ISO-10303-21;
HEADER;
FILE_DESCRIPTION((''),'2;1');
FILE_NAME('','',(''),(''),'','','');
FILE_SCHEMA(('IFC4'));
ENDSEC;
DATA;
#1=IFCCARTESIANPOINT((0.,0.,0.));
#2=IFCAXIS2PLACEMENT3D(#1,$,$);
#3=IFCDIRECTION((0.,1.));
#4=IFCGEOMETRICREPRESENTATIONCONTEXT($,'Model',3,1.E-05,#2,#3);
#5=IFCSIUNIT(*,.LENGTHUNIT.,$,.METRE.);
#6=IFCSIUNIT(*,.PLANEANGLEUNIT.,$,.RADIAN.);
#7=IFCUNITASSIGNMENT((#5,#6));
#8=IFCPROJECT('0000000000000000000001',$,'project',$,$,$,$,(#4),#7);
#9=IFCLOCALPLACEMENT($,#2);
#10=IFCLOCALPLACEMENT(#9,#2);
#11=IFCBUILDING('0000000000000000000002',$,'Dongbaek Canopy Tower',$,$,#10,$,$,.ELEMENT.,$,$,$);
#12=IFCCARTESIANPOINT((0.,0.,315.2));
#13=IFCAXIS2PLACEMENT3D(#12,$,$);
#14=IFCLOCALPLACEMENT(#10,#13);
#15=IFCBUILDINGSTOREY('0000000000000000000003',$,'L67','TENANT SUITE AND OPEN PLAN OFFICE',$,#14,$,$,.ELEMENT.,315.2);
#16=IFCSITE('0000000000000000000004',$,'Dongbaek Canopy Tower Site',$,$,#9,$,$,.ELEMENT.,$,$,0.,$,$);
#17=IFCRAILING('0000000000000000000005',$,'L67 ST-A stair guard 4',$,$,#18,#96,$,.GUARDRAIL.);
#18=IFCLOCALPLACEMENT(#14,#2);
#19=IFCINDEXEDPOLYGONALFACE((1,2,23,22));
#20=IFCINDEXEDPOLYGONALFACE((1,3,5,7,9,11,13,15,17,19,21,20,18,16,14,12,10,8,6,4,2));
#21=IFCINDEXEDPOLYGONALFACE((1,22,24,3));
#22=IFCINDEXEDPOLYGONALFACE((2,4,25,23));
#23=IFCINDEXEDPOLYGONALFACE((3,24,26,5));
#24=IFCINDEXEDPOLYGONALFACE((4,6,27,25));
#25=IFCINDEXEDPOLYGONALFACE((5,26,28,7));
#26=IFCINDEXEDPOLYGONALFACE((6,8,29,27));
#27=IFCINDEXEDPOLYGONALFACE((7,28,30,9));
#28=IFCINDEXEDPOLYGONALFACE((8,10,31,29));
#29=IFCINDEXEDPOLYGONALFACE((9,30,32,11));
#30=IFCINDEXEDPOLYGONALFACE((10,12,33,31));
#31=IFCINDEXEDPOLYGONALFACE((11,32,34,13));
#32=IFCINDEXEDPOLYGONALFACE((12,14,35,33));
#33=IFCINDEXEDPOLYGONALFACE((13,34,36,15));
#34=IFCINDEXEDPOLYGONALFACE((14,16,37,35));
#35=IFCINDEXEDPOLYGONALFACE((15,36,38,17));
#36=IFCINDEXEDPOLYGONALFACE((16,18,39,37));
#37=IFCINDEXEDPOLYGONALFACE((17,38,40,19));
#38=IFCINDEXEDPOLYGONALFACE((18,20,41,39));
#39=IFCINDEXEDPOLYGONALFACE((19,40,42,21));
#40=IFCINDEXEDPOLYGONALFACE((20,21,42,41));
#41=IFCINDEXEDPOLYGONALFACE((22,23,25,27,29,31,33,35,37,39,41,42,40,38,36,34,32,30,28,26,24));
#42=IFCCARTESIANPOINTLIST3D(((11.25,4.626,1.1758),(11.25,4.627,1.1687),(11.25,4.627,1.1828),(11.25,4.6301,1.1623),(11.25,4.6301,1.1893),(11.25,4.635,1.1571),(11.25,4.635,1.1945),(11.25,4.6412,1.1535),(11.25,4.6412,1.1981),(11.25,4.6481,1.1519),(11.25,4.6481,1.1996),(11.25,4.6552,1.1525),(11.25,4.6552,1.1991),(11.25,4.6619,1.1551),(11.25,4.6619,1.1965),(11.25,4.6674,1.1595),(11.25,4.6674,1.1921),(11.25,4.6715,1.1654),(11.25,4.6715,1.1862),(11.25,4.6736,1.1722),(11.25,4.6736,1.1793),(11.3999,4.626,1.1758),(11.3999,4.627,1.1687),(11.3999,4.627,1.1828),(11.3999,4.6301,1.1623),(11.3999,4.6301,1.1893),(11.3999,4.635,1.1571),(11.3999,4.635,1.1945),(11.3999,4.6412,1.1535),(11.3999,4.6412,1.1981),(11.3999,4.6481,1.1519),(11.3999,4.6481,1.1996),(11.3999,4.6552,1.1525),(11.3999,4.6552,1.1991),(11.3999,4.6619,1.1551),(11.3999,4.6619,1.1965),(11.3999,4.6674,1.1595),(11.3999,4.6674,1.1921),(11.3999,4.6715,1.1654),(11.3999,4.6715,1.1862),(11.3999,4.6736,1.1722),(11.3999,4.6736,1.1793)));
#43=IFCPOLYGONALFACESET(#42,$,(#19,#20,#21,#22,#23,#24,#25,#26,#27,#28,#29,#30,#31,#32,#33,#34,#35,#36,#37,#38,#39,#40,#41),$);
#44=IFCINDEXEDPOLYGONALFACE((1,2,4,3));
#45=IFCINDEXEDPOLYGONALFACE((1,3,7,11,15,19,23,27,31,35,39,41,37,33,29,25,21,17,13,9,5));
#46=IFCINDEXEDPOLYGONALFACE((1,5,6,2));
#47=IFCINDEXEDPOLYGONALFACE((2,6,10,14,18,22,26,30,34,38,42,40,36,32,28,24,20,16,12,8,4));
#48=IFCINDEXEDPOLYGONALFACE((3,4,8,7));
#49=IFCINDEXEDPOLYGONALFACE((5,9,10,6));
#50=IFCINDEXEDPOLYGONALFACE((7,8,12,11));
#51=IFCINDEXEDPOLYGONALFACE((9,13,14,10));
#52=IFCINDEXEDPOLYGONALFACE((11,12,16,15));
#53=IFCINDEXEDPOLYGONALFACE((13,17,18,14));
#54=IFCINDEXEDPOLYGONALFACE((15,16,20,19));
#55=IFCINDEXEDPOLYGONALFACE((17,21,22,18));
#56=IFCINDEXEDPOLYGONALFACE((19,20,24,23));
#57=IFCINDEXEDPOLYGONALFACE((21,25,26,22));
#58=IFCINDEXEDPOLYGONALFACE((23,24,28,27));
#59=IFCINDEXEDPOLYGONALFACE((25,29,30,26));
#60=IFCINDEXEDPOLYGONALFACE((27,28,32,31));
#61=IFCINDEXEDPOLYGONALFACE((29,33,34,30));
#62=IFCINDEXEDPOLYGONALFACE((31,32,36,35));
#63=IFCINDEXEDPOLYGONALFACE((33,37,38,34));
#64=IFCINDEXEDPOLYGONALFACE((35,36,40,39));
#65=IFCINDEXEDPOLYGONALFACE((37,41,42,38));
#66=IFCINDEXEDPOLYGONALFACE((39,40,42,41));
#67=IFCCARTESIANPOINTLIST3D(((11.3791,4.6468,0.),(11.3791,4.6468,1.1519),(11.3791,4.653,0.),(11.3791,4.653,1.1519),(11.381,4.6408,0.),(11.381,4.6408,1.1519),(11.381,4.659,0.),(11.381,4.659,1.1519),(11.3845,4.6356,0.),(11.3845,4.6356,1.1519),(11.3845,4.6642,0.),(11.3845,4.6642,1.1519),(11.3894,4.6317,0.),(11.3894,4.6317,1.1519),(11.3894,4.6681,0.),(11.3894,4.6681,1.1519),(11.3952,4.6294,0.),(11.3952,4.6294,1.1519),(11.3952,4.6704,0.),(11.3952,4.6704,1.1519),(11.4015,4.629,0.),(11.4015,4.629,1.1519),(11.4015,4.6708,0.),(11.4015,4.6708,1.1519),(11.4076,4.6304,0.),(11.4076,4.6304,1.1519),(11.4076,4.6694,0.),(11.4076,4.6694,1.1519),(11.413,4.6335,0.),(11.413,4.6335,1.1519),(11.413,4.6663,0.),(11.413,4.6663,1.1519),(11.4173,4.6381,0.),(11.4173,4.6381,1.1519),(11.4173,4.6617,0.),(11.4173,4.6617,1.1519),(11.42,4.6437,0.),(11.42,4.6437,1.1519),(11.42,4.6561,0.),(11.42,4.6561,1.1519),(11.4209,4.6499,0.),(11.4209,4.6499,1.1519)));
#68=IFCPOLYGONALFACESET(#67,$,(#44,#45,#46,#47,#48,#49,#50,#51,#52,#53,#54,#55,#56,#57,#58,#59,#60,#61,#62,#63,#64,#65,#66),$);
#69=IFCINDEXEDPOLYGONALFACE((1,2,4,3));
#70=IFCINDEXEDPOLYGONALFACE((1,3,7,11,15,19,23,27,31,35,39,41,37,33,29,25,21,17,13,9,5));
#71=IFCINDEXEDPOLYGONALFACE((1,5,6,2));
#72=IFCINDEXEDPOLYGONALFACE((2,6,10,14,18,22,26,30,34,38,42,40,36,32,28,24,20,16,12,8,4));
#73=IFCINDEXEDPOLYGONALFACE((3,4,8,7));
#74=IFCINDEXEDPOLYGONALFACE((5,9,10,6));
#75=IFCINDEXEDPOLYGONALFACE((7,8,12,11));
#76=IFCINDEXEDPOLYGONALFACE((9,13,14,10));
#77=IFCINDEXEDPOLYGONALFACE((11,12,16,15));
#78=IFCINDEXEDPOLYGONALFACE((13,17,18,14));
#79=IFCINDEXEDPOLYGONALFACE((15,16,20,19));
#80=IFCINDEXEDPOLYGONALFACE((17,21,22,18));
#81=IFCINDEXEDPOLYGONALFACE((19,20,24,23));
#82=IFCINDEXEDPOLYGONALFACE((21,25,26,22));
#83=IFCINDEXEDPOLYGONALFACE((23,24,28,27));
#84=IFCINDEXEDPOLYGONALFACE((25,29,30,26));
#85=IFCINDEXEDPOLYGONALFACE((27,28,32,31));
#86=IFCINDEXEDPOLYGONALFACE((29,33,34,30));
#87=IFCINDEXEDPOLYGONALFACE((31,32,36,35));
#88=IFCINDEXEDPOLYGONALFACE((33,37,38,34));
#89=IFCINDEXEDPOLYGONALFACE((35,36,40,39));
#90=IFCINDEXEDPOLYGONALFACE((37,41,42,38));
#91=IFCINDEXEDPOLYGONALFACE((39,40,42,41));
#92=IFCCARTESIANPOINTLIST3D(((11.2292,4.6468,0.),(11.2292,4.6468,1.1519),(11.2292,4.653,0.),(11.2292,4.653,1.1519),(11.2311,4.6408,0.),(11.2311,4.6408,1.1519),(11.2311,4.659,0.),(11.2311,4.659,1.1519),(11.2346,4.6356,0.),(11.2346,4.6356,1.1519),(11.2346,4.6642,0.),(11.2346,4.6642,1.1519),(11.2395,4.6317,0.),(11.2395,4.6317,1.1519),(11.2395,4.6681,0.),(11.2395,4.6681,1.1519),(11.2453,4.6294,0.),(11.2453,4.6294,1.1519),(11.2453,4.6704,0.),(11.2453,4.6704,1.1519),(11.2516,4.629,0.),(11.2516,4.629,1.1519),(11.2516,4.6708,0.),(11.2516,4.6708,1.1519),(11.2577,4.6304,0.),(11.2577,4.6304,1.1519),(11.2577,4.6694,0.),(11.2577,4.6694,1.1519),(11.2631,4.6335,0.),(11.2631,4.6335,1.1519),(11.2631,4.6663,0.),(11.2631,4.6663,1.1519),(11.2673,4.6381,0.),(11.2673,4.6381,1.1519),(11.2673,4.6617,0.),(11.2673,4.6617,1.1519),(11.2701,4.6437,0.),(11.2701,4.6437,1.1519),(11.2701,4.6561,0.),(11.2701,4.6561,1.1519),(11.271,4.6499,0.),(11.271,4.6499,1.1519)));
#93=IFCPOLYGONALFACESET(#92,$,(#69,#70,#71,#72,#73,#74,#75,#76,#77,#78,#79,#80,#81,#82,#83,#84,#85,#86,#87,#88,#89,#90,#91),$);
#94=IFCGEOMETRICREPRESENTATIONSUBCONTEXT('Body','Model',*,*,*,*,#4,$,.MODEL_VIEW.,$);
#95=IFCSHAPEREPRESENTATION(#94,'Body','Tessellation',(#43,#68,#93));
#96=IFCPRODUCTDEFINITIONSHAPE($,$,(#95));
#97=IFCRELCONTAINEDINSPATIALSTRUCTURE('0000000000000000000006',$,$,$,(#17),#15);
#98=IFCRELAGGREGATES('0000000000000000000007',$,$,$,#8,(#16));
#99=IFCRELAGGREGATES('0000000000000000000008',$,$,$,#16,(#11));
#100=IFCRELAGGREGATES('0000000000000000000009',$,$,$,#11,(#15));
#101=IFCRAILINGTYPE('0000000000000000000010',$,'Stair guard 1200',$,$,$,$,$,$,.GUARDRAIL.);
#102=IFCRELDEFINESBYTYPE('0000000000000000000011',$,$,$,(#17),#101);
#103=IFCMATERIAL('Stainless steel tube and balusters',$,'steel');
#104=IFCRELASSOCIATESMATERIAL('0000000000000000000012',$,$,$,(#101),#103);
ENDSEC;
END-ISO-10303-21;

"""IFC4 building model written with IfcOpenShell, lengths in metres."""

from ifc_helpers import new_model, si_unit, direction, frame, origin, origin_2d, place, context, subcontext, project, spatial, circle, extrude, material, type_object, element, save


model = new_model("IFC4")

# Units and contexts
model_context = context("Model", 3, precision=1e-05, world=origin(), true_north=direction((0.0, 1.0)))
body_context = subcontext(model_context, "Body", "Model", "MODEL_VIEW")
ifc_project = project(units=[si_unit("LENGTHUNIT", "METRE"), si_unit("PLANEANGLEUNIT", "RADIAN")], contexts=[model_context])

# Site, building, storey
site_placement = place(None, origin())
site = spatial("IfcSite", under=ifc_project, at=site_placement, Name="Dongbaek Canopy Tower Site", CompositionType="ELEMENT", RefElevation=0.0)
building_placement = place(site_placement, origin())
building = spatial("IfcBuilding", under=site, at=building_placement, Name="Dongbaek Canopy Tower", CompositionType="ELEMENT")
storey_placement = place(building_placement, frame((0.0, 0.0, 315.2)))
storey = spatial("IfcBuildingStorey", under=building, at=storey_placement, Name="L67", Description="TENANT SUITE AND OPEN PLAN OFFICE", CompositionType="ELEMENT", Elevation=315.2)

# Railing
ifc_material_1 = material(Name="Stainless steel tube and balusters", Category="steel")
railing_type_1 = type_object("IfcRailingType", Name="Stair guard 1200", PredefinedType="GUARDRAIL", material=ifc_material_1)
railing_1_placement = place(storey_placement, frame((11.3999, 4.6499, 0.0)))
element("IfcRailing", 1, at=railing_1_placement, inside=storey, type_object=railing_type_1, Name="L67 ST-A stair guard 4", PredefinedType="GUARDRAIL", context=body_context, shape_type="SweptSolid", body=[
    extrude(circle(Radius=0.0239, at=origin_2d()), frame((0.0, 0.0, 1.1758), z_axis=(-1.0, 0.0, 0.0), x_axis=(0.0, -1.0, 0.0)), (0.0, 0.0, 1.0), 0.1499),
    extrude(circle(Radius=0.021, at=origin_2d()), origin(), (0.0, 0.0, 1.0), 1.1519),
    extrude(circle(Radius=0.021, at=origin_2d()), frame((-0.1499, 0.0, 0.0)), (0.0, 0.0, 1.0), 1.1519),
])

save(model, "model.ifc")
